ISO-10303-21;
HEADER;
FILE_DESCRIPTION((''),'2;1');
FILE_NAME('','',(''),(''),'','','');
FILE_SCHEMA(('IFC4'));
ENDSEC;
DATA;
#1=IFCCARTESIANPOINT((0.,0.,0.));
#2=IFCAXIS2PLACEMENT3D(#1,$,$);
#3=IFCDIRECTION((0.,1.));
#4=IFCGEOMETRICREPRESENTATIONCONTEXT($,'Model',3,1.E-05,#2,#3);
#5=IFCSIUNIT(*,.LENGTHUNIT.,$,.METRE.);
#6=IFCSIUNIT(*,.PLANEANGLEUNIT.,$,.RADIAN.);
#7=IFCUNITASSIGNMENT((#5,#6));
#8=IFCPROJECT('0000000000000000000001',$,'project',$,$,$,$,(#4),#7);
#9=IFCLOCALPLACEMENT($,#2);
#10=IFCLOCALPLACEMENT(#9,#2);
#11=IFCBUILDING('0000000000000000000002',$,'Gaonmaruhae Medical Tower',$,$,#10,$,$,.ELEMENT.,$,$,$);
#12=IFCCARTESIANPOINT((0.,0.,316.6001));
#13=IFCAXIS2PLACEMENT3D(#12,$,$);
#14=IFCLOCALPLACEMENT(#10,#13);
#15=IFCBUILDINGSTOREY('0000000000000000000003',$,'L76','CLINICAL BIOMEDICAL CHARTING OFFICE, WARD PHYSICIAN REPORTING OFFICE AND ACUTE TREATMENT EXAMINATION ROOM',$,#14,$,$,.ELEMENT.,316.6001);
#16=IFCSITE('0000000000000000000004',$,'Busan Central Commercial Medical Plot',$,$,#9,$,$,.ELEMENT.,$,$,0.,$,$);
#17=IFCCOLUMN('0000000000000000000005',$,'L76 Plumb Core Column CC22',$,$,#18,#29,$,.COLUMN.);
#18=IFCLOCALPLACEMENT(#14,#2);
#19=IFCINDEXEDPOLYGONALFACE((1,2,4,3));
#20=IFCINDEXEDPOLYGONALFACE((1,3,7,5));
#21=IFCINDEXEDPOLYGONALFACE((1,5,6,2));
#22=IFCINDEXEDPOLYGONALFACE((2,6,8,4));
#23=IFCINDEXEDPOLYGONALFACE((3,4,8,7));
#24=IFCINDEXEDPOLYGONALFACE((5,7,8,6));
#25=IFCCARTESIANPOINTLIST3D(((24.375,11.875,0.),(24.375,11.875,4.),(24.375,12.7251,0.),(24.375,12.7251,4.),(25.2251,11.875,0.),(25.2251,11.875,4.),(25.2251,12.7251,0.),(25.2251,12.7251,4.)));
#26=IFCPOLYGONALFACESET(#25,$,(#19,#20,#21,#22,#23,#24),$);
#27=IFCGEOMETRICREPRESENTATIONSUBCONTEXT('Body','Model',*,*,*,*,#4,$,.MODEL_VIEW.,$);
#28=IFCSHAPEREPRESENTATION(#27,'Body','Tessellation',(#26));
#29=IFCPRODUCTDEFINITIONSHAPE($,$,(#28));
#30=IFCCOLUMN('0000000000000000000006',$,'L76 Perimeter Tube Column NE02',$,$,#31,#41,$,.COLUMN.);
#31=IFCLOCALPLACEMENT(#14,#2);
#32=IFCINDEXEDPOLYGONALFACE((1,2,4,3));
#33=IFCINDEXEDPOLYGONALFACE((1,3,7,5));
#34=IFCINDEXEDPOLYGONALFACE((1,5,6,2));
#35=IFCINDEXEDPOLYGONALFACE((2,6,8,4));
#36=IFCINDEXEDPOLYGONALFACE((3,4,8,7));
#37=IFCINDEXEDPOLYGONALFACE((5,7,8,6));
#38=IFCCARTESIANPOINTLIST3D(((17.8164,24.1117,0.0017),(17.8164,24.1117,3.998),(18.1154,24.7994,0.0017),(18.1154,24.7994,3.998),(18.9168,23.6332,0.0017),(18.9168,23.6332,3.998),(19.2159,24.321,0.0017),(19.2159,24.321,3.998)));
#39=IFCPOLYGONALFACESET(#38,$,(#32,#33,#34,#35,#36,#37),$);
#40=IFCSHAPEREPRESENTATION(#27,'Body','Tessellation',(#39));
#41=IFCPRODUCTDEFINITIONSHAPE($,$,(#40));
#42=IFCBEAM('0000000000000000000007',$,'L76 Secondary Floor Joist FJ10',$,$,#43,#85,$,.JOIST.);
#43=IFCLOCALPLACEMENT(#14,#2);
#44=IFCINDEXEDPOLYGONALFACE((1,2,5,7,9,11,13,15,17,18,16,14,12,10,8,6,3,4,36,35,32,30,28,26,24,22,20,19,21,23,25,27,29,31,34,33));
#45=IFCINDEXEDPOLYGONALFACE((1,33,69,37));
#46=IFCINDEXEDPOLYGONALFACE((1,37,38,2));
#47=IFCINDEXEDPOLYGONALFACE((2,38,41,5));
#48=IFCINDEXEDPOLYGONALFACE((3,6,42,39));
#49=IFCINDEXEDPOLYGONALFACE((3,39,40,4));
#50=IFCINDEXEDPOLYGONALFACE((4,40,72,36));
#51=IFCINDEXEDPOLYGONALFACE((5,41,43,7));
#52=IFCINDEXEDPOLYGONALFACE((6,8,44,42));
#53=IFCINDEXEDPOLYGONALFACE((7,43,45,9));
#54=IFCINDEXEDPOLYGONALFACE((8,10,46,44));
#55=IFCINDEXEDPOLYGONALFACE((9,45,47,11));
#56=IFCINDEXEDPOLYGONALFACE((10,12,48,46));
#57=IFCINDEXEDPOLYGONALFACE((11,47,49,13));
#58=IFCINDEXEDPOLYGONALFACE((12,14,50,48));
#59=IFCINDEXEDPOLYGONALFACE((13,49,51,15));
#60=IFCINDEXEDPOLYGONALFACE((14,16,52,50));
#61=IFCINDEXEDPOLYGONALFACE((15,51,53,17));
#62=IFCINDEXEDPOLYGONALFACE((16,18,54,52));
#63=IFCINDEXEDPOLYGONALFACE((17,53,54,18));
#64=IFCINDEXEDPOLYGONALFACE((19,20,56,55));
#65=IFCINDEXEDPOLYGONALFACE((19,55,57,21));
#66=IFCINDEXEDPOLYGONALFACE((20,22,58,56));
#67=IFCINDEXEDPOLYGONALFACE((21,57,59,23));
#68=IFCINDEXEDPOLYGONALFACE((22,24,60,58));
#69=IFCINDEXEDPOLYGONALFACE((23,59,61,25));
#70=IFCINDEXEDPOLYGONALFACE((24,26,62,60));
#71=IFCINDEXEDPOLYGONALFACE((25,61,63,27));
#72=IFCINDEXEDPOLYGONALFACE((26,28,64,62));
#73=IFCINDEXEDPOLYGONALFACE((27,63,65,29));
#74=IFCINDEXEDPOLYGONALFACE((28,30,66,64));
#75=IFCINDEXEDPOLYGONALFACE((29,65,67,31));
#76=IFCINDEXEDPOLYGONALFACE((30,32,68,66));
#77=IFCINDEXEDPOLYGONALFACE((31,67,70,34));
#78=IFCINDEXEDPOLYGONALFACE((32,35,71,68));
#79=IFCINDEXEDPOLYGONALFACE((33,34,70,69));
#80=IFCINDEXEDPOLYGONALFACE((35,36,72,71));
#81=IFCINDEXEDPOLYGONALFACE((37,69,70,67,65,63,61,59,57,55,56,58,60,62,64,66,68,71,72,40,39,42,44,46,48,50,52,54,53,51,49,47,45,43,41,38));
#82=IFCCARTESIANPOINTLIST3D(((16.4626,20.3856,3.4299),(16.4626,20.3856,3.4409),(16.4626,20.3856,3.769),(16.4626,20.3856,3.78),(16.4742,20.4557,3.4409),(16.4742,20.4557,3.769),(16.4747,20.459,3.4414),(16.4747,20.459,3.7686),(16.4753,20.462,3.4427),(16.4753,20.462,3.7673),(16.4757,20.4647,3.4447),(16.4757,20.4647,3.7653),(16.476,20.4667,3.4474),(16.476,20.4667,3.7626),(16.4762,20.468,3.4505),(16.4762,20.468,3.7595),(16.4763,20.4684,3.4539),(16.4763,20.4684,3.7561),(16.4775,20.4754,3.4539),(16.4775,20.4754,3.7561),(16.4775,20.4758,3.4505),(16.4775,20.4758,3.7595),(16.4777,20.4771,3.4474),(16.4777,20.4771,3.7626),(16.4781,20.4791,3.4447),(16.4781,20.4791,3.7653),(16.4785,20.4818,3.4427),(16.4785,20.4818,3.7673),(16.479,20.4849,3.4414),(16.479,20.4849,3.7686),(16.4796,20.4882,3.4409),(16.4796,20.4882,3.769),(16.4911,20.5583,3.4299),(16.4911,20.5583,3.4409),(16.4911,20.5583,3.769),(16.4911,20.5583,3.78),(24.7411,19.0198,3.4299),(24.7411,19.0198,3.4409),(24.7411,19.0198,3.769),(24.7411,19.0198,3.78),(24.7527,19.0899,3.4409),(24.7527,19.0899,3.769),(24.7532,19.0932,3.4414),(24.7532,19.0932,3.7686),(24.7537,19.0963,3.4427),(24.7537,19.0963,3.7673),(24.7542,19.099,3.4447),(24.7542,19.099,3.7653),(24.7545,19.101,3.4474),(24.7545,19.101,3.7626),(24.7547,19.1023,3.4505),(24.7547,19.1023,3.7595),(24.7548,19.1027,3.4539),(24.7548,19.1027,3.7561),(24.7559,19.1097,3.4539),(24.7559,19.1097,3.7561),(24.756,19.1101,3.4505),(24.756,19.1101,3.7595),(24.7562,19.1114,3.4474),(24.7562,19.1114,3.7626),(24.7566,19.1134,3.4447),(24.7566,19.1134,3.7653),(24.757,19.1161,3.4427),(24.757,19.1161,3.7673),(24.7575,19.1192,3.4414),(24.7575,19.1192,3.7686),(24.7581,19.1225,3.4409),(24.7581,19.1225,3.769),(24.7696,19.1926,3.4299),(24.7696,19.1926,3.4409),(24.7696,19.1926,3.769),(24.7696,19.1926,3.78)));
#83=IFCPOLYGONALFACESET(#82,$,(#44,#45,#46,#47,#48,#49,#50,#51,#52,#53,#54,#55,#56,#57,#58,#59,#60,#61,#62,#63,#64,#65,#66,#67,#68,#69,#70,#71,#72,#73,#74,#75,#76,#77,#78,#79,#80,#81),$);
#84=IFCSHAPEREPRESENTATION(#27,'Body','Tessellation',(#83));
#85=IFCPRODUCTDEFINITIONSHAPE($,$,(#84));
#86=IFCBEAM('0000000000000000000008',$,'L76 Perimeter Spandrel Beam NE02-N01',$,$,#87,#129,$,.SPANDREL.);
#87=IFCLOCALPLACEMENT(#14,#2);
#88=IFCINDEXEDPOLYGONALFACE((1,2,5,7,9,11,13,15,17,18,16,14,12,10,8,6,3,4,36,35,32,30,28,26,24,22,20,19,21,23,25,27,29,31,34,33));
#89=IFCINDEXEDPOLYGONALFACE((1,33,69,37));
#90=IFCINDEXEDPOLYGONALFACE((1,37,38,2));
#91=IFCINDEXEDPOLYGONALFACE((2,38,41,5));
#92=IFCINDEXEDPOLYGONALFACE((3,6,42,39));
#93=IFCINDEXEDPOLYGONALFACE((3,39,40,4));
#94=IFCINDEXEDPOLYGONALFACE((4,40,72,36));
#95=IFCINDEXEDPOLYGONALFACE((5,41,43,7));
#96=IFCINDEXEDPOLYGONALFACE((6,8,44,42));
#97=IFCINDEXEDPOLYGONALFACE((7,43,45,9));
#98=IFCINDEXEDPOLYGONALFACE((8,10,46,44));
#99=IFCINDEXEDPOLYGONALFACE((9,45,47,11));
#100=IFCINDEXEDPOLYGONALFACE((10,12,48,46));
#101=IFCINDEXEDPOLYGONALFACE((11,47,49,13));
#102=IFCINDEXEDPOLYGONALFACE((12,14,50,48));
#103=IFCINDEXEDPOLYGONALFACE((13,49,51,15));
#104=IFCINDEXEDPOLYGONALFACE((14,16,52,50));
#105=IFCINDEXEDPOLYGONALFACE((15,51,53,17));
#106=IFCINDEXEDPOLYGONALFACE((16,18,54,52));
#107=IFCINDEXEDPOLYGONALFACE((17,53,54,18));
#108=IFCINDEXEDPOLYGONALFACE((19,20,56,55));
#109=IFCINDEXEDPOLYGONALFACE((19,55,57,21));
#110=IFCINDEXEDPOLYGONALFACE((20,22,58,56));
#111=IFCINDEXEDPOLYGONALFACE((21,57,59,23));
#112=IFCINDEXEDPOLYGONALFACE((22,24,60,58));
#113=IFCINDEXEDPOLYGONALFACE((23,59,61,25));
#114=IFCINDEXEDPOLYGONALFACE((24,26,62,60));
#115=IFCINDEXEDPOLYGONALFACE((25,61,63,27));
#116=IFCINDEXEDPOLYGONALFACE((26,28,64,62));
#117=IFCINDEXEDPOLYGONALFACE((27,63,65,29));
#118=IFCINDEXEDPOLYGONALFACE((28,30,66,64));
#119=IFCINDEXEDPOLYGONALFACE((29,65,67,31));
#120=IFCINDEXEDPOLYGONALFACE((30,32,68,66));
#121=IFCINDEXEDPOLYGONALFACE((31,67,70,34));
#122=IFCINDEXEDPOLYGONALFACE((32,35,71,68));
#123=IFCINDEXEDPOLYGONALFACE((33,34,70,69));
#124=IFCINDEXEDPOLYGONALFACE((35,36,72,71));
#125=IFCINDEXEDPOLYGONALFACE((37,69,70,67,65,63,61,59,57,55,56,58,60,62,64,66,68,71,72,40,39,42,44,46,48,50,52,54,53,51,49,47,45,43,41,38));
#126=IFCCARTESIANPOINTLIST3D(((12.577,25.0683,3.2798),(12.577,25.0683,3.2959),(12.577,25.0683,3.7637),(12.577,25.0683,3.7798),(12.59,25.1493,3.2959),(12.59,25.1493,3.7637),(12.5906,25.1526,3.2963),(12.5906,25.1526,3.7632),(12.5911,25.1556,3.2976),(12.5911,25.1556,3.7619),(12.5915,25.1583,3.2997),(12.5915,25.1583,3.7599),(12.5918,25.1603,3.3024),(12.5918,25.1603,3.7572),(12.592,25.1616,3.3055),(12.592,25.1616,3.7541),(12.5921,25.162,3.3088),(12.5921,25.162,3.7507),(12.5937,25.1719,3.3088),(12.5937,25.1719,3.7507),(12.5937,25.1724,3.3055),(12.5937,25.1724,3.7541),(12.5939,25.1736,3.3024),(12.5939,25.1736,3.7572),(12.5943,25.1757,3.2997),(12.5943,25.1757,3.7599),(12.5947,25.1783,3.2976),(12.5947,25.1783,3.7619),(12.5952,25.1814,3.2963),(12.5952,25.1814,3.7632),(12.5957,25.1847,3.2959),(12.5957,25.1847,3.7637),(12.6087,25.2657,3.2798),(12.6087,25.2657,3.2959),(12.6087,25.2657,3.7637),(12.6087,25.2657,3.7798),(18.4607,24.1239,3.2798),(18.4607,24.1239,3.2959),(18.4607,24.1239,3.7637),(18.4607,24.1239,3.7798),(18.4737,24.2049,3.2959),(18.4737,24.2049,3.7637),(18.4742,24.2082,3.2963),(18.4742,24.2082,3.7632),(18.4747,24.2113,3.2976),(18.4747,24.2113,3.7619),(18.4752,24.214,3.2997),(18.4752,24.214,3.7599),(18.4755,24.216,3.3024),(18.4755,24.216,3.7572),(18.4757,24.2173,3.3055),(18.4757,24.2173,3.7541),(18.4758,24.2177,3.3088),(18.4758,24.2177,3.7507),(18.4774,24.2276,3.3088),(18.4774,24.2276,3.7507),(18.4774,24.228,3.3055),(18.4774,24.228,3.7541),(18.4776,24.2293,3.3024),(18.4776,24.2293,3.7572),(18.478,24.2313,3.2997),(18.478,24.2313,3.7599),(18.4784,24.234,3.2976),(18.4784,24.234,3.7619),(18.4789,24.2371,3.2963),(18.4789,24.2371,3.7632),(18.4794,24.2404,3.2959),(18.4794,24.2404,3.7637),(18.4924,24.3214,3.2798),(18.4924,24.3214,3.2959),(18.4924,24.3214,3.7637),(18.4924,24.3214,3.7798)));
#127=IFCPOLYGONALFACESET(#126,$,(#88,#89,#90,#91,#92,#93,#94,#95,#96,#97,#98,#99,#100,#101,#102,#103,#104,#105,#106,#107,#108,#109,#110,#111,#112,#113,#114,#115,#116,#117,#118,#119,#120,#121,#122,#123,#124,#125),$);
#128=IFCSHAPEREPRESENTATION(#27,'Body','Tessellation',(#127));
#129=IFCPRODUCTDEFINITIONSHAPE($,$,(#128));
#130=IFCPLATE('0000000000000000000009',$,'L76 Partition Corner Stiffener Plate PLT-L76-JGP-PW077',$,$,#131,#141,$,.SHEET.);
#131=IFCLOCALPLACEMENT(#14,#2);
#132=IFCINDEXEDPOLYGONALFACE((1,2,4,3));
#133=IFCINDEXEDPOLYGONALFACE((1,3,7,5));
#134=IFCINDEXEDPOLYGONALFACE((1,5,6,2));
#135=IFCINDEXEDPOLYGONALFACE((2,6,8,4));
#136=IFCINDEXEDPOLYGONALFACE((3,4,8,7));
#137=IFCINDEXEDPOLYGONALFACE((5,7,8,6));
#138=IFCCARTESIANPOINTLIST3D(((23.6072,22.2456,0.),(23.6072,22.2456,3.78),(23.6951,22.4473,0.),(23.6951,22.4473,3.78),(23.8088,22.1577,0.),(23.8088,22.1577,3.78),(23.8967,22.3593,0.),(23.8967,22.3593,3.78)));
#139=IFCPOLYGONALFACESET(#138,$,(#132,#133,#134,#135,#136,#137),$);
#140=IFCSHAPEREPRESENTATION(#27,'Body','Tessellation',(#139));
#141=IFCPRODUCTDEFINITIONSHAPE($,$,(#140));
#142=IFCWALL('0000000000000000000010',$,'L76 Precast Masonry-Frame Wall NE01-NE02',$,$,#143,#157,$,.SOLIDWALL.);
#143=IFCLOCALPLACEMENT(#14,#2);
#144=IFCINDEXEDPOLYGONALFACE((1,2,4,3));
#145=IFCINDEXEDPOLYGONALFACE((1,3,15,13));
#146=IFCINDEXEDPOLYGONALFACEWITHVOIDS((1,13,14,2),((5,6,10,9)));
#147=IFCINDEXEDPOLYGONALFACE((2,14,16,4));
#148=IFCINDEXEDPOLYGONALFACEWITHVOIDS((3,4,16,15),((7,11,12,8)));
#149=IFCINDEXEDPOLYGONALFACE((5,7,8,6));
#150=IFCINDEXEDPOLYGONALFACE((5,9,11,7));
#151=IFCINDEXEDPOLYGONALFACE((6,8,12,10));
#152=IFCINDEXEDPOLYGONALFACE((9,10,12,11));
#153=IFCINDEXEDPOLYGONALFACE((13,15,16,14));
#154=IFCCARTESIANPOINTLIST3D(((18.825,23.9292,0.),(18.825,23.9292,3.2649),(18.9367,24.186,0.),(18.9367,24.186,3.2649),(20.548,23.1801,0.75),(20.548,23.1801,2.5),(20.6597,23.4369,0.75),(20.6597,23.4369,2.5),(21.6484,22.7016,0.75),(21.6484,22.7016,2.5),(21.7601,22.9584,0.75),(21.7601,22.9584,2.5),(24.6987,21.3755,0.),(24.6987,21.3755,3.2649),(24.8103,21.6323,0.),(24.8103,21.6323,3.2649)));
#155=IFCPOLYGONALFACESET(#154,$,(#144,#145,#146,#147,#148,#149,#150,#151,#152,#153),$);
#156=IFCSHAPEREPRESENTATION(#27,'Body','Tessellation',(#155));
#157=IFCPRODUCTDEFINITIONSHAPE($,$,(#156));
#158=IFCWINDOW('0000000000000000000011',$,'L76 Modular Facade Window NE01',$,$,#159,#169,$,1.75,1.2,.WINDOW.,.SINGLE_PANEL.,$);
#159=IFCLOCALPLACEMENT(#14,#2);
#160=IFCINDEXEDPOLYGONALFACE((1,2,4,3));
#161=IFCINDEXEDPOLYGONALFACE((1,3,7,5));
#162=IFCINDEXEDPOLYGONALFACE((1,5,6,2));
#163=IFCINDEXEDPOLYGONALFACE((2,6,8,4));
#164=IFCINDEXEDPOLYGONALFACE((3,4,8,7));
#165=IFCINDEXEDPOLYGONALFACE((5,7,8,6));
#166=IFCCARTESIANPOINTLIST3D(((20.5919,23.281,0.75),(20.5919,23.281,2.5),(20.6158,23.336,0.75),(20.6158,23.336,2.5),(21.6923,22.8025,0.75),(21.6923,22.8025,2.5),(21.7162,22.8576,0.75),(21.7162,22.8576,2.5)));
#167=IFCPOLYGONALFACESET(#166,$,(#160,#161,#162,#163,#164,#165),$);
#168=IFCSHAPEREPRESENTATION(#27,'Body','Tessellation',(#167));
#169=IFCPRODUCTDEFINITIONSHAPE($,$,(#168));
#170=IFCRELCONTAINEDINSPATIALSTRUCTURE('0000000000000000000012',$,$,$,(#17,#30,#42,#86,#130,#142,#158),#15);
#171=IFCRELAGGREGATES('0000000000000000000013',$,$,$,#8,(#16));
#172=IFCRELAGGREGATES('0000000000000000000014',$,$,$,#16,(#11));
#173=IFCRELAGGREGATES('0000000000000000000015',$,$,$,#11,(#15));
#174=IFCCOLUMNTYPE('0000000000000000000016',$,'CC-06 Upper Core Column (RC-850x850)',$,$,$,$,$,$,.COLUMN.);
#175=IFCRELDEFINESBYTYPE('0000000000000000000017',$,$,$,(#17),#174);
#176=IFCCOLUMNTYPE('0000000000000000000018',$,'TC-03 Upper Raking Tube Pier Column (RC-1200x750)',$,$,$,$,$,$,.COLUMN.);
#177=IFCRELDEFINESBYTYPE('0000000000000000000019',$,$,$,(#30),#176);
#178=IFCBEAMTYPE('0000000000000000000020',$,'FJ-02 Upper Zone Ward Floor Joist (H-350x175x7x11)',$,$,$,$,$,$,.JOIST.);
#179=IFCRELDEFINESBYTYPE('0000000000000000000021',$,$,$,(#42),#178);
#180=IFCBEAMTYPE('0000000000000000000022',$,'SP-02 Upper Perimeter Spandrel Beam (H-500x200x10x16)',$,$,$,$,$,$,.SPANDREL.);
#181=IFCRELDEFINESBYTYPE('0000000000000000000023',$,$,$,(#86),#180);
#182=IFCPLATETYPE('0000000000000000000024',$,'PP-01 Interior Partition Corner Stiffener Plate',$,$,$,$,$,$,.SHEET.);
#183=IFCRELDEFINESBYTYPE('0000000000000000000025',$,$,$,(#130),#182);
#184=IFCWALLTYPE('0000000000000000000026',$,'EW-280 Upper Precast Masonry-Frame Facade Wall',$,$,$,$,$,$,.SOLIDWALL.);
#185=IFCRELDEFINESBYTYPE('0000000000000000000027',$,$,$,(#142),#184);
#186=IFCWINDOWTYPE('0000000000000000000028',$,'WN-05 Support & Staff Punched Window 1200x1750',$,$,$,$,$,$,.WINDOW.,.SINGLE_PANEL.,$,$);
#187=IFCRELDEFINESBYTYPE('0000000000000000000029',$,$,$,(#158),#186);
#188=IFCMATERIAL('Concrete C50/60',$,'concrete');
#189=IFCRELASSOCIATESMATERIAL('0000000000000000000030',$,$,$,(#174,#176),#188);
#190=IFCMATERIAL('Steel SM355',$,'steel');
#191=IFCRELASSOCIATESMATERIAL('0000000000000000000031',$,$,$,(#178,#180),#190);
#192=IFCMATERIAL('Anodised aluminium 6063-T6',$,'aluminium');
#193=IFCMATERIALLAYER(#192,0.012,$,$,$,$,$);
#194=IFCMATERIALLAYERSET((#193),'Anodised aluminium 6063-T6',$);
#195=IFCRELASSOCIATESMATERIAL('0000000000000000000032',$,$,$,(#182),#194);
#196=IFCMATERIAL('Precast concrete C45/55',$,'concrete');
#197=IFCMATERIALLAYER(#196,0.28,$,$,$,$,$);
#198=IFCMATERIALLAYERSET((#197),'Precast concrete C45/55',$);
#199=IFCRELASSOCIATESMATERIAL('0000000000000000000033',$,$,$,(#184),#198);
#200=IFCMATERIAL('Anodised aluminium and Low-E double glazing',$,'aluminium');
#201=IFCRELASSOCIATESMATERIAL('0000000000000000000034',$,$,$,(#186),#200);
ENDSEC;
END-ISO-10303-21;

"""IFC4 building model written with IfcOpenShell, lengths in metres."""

from ifc_helpers import new_model, si_unit, direction, frame, frame_2d, origin, origin_2d, place, context, subcontext, project, spatial, rectangle, i_section, extrude, material, layer, layer_set, material_profile, profile_set, type_object, element, fill, save


model = new_model("IFC4")

# Units and contexts
model_context = context("Model", 3, precision=1e-05, world=origin(), true_north=direction((0.0, 1.0)))
body_context = subcontext(model_context, "Body", "Model", "MODEL_VIEW")
ifc_project = project(units=[si_unit("LENGTHUNIT", "METRE"), si_unit("PLANEANGLEUNIT", "RADIAN")], contexts=[model_context])

# Site, building, storey
site_placement = place(None, origin())
site = spatial("IfcSite", under=ifc_project, at=site_placement, Name="Busan Central Commercial Medical Plot", CompositionType="ELEMENT", RefElevation=0.0)
building_placement = place(site_placement, origin())
building = spatial("IfcBuilding", under=site, at=building_placement, Name="Gaonmaruhae Medical Tower", CompositionType="ELEMENT")
storey_placement = place(building_placement, frame((0.0, 0.0, 316.6001)))
storey = spatial("IfcBuildingStorey", under=building, at=storey_placement, Name="L76", Description="CLINICAL BIOMEDICAL CHARTING OFFICE, WARD PHYSICIAN REPORTING OFFICE AND ACUTE TREATMENT EXAMINATION ROOM", CompositionType="ELEMENT", Elevation=316.6001)

# Columns
ifc_material_1 = material(Name="Concrete C50/60", Category="concrete")
ifc_material_profile_1 = material_profile(ifc_material_1, rectangle(XDim=0.8501, YDim=0.8501, at=origin_2d()), Name="RC-850x850")
ifc_profile_set_1 = profile_set([ifc_material_profile_1], Name="Concrete C50/60")
column_type_1 = type_object("IfcColumnType", Name="CC-06 Upper Core Column (RC-850x850)", PredefinedType="COLUMN", material=ifc_profile_set_1)
column_1_placement = place(storey_placement, frame((24.8, 12.3, 0.0), z_axis=(0.0, 0.0, 1.0), x_axis=(1.0, 0.0, 0.0)))
element("IfcColumn", 1, at=column_1_placement, inside=storey, type_object=column_type_1, Name="L76 Plumb Core Column CC22", PredefinedType="COLUMN", context=body_context, shape_type="SweptSolid", body=[
    extrude(rectangle(XDim=0.8501, YDim=0.8501, at=origin_2d()), origin(), (0.0, 0.0, 1.0), 4.0),
])
ifc_material_profile_2 = material_profile(ifc_material_1, rectangle(XDim=1.2, YDim=0.75, at=origin_2d()), Name="RC-1200x750")
ifc_profile_set_2 = profile_set([ifc_material_profile_2], Name="Concrete C50/60")
column_type_2 = type_object("IfcColumnType", Name="TC-03 Upper Raking Tube Pier Column (RC-1200x750)", PredefinedType="COLUMN", material=ifc_profile_set_2)
column_2_placement = place(storey_placement, frame((18.5161, 24.2163, 0.0017), z_axis=(0.0, 0.0, 1.0), x_axis=(-0.91706, 0.398749, 0.0)))
element("IfcColumn", 2, at=column_2_placement, inside=storey, type_object=column_type_2, Name="L76 Perimeter Tube Column NE02", PredefinedType="COLUMN", context=body_context, shape_type="SweptSolid", body=[
    extrude(rectangle(XDim=1.2, YDim=0.75, at=origin_2d()), origin(), (0.0, 0.0, 1.0), 3.9963),
])

# Beams
ifc_material_2 = material(Name="Steel SM355", Category="steel")
ifc_material_profile_3 = material_profile(ifc_material_2, i_section(OverallWidth=0.175, OverallDepth=0.3501, WebThickness=0.0071, FlangeThickness=0.011, FilletRadius=0.0129, at=origin_2d()), Name="H-350x175x7x11")
ifc_profile_set_3 = profile_set([ifc_material_profile_3], Name="Steel SM355")
beam_type_1 = type_object("IfcBeamType", Name="FJ-02 Upper Zone Ward Floor Joist (H-350x175x7x11)", PredefinedType="JOIST", material=ifc_profile_set_3)
beam_1_placement = place(storey_placement, frame((24.7554, 19.1062, 3.605), z_axis=(-0.986664, 0.162771, 0.0), x_axis=(-0.162771, -0.986664, 0.0)))
element("IfcBeam", 3, at=beam_1_placement, inside=storey, type_object=beam_type_1, Name="L76 Secondary Floor Joist FJ10", PredefinedType="JOIST", context=body_context, shape_type="SweptSolid", body=[
    extrude(i_section(OverallWidth=0.175, OverallDepth=0.3501, WebThickness=0.0071, FlangeThickness=0.011, FilletRadius=0.0129, at=origin_2d()), origin(), (0.0, 0.0, 1.0), 8.3904),
])
ifc_material_profile_4 = material_profile(ifc_material_2, i_section(OverallWidth=0.2, OverallDepth=0.5, WebThickness=0.01, FlangeThickness=0.0161, FilletRadius=0.0129, at=origin_2d()), Name="H-500x200x10x16")
ifc_profile_set_4 = profile_set([ifc_material_profile_4], Name="Steel SM355")
beam_type_2 = type_object("IfcBeamType", Name="SP-02 Upper Perimeter Spandrel Beam (H-500x200x10x16)", PredefinedType="SPANDREL", material=ifc_profile_set_4)
beam_2_placement = place(storey_placement, frame((18.4766, 24.2227, 3.5298), z_axis=(-0.987364, 0.15847, 0.0), x_axis=(-0.15847, -0.987364, 0.0)))
element("IfcBeam", 4, at=beam_2_placement, inside=storey, type_object=beam_type_2, Name="L76 Perimeter Spandrel Beam NE02-N01", PredefinedType="SPANDREL", context=body_context, shape_type="SweptSolid", body=[
    extrude(i_section(OverallWidth=0.2, OverallDepth=0.5, WebThickness=0.01, FlangeThickness=0.0161, FilletRadius=0.0129, at=origin_2d()), origin(), (0.0, 0.0, 1.0), 5.959),
])

# Plate
ifc_material_3 = material(Name="Anodised aluminium 6063-T6", Category="aluminium")
ifc_layer_1 = layer(ifc_material_3, 0.012)
ifc_layer_set_1 = layer_set([ifc_layer_1], Name="Anodised aluminium 6063-T6")
plate_type = type_object("IfcPlateType", Name="PP-01 Interior Partition Corner Stiffener Plate", PredefinedType="SHEET", material=ifc_layer_set_1)
plate_placement = place(storey_placement, frame((23.752, 22.3025, 0.0), z_axis=(0.0, 0.0, 1.0), x_axis=(-0.399741, -0.916628, 0.0)))
element("IfcPlate", 5, at=plate_placement, inside=storey, type_object=plate_type, Name="L76 Partition Corner Stiffener Plate PLT-L76-JGP-PW077", PredefinedType="SHEET", context=body_context, shape_type="SweptSolid", body=[
    extrude(rectangle(XDim=0.22, YDim=0.22, at=origin_2d()), origin(), (0.0, 0.0, 1.0), 3.78),
])

# Wall, opening, window
ifc_material_4 = material(Name="Precast concrete C45/55", Category="concrete")
ifc_layer_2 = layer(ifc_material_4, 0.28)
ifc_layer_set_2 = layer_set([ifc_layer_2], Name="Precast concrete C45/55")
wall_type_1 = type_object("IfcWallType", Name="EW-280 Upper Precast Masonry-Frame Facade Wall", PredefinedType="SOLIDWALL", material=ifc_layer_set_2)
wall_1_placement = place(storey_placement, frame((18.8809, 24.0576, 0.0), z_axis=(0.0, 0.0, 1.0), x_axis=(0.91707, -0.398726, 0.0)))
wall_1 = element("IfcWall", 6, at=wall_1_placement, inside=storey, type_object=wall_type_1, Name="L76 Precast Masonry-Frame Wall NE01-NE02", PredefinedType="SOLIDWALL", context=body_context, shape_type="SweptSolid", body=[
    extrude(rectangle(XDim=6.4048, YDim=0.28, at=frame_2d((3.2024, 0.0))), origin(), (0.0, 0.0, 1.0), 3.2649),
])
opening_1_placement = place(wall_1_placement, frame((1.8787, 0.0, 0.75)))
opening_1 = element("IfcOpeningElement", 7, at=opening_1_placement, cuts=wall_1, PredefinedType="OPENING", context=body_context, shape_type="SweptSolid", body=[
    extrude(rectangle(XDim=1.2, YDim=1.75, at=frame_2d((0.6001, 0.875))), frame((0.0, 0.1499, 0.0), z_axis=(0.0, -1.0, 0.0), x_axis=(1.0, 0.0, 0.0)), (0.0, 0.0, 1.0), 0.3),
])
ifc_material_5 = material(Name="Anodised aluminium and Low-E double glazing", Category="aluminium")
window_type = type_object("IfcWindowType", Name="WN-05 Support & Staff Punched Window 1200x1750", PartitioningType="SINGLE_PANEL", PredefinedType="WINDOW", material=ifc_material_5)
window_placement = place(opening_1_placement, origin())
window = element("IfcWindow", 8, at=window_placement, inside=storey, type_object=window_type, Name="L76 Modular Facade Window NE01", OverallHeight=1.75, OverallWidth=1.2, PartitioningType="SINGLE_PANEL", PredefinedType="WINDOW", context=body_context, shape_type="SweptSolid", body=[
    extrude(rectangle(XDim=1.2, YDim=1.75, at=frame_2d((0.6001, 0.875))), frame((0.0, 0.03, 0.0), z_axis=(0.0, -1.0, 0.0), x_axis=(1.0, 0.0, 0.0)), (0.0, 0.0, 1.0), 0.0601),
])
fill(opening_1, window)

save(model, "model.ifc")
